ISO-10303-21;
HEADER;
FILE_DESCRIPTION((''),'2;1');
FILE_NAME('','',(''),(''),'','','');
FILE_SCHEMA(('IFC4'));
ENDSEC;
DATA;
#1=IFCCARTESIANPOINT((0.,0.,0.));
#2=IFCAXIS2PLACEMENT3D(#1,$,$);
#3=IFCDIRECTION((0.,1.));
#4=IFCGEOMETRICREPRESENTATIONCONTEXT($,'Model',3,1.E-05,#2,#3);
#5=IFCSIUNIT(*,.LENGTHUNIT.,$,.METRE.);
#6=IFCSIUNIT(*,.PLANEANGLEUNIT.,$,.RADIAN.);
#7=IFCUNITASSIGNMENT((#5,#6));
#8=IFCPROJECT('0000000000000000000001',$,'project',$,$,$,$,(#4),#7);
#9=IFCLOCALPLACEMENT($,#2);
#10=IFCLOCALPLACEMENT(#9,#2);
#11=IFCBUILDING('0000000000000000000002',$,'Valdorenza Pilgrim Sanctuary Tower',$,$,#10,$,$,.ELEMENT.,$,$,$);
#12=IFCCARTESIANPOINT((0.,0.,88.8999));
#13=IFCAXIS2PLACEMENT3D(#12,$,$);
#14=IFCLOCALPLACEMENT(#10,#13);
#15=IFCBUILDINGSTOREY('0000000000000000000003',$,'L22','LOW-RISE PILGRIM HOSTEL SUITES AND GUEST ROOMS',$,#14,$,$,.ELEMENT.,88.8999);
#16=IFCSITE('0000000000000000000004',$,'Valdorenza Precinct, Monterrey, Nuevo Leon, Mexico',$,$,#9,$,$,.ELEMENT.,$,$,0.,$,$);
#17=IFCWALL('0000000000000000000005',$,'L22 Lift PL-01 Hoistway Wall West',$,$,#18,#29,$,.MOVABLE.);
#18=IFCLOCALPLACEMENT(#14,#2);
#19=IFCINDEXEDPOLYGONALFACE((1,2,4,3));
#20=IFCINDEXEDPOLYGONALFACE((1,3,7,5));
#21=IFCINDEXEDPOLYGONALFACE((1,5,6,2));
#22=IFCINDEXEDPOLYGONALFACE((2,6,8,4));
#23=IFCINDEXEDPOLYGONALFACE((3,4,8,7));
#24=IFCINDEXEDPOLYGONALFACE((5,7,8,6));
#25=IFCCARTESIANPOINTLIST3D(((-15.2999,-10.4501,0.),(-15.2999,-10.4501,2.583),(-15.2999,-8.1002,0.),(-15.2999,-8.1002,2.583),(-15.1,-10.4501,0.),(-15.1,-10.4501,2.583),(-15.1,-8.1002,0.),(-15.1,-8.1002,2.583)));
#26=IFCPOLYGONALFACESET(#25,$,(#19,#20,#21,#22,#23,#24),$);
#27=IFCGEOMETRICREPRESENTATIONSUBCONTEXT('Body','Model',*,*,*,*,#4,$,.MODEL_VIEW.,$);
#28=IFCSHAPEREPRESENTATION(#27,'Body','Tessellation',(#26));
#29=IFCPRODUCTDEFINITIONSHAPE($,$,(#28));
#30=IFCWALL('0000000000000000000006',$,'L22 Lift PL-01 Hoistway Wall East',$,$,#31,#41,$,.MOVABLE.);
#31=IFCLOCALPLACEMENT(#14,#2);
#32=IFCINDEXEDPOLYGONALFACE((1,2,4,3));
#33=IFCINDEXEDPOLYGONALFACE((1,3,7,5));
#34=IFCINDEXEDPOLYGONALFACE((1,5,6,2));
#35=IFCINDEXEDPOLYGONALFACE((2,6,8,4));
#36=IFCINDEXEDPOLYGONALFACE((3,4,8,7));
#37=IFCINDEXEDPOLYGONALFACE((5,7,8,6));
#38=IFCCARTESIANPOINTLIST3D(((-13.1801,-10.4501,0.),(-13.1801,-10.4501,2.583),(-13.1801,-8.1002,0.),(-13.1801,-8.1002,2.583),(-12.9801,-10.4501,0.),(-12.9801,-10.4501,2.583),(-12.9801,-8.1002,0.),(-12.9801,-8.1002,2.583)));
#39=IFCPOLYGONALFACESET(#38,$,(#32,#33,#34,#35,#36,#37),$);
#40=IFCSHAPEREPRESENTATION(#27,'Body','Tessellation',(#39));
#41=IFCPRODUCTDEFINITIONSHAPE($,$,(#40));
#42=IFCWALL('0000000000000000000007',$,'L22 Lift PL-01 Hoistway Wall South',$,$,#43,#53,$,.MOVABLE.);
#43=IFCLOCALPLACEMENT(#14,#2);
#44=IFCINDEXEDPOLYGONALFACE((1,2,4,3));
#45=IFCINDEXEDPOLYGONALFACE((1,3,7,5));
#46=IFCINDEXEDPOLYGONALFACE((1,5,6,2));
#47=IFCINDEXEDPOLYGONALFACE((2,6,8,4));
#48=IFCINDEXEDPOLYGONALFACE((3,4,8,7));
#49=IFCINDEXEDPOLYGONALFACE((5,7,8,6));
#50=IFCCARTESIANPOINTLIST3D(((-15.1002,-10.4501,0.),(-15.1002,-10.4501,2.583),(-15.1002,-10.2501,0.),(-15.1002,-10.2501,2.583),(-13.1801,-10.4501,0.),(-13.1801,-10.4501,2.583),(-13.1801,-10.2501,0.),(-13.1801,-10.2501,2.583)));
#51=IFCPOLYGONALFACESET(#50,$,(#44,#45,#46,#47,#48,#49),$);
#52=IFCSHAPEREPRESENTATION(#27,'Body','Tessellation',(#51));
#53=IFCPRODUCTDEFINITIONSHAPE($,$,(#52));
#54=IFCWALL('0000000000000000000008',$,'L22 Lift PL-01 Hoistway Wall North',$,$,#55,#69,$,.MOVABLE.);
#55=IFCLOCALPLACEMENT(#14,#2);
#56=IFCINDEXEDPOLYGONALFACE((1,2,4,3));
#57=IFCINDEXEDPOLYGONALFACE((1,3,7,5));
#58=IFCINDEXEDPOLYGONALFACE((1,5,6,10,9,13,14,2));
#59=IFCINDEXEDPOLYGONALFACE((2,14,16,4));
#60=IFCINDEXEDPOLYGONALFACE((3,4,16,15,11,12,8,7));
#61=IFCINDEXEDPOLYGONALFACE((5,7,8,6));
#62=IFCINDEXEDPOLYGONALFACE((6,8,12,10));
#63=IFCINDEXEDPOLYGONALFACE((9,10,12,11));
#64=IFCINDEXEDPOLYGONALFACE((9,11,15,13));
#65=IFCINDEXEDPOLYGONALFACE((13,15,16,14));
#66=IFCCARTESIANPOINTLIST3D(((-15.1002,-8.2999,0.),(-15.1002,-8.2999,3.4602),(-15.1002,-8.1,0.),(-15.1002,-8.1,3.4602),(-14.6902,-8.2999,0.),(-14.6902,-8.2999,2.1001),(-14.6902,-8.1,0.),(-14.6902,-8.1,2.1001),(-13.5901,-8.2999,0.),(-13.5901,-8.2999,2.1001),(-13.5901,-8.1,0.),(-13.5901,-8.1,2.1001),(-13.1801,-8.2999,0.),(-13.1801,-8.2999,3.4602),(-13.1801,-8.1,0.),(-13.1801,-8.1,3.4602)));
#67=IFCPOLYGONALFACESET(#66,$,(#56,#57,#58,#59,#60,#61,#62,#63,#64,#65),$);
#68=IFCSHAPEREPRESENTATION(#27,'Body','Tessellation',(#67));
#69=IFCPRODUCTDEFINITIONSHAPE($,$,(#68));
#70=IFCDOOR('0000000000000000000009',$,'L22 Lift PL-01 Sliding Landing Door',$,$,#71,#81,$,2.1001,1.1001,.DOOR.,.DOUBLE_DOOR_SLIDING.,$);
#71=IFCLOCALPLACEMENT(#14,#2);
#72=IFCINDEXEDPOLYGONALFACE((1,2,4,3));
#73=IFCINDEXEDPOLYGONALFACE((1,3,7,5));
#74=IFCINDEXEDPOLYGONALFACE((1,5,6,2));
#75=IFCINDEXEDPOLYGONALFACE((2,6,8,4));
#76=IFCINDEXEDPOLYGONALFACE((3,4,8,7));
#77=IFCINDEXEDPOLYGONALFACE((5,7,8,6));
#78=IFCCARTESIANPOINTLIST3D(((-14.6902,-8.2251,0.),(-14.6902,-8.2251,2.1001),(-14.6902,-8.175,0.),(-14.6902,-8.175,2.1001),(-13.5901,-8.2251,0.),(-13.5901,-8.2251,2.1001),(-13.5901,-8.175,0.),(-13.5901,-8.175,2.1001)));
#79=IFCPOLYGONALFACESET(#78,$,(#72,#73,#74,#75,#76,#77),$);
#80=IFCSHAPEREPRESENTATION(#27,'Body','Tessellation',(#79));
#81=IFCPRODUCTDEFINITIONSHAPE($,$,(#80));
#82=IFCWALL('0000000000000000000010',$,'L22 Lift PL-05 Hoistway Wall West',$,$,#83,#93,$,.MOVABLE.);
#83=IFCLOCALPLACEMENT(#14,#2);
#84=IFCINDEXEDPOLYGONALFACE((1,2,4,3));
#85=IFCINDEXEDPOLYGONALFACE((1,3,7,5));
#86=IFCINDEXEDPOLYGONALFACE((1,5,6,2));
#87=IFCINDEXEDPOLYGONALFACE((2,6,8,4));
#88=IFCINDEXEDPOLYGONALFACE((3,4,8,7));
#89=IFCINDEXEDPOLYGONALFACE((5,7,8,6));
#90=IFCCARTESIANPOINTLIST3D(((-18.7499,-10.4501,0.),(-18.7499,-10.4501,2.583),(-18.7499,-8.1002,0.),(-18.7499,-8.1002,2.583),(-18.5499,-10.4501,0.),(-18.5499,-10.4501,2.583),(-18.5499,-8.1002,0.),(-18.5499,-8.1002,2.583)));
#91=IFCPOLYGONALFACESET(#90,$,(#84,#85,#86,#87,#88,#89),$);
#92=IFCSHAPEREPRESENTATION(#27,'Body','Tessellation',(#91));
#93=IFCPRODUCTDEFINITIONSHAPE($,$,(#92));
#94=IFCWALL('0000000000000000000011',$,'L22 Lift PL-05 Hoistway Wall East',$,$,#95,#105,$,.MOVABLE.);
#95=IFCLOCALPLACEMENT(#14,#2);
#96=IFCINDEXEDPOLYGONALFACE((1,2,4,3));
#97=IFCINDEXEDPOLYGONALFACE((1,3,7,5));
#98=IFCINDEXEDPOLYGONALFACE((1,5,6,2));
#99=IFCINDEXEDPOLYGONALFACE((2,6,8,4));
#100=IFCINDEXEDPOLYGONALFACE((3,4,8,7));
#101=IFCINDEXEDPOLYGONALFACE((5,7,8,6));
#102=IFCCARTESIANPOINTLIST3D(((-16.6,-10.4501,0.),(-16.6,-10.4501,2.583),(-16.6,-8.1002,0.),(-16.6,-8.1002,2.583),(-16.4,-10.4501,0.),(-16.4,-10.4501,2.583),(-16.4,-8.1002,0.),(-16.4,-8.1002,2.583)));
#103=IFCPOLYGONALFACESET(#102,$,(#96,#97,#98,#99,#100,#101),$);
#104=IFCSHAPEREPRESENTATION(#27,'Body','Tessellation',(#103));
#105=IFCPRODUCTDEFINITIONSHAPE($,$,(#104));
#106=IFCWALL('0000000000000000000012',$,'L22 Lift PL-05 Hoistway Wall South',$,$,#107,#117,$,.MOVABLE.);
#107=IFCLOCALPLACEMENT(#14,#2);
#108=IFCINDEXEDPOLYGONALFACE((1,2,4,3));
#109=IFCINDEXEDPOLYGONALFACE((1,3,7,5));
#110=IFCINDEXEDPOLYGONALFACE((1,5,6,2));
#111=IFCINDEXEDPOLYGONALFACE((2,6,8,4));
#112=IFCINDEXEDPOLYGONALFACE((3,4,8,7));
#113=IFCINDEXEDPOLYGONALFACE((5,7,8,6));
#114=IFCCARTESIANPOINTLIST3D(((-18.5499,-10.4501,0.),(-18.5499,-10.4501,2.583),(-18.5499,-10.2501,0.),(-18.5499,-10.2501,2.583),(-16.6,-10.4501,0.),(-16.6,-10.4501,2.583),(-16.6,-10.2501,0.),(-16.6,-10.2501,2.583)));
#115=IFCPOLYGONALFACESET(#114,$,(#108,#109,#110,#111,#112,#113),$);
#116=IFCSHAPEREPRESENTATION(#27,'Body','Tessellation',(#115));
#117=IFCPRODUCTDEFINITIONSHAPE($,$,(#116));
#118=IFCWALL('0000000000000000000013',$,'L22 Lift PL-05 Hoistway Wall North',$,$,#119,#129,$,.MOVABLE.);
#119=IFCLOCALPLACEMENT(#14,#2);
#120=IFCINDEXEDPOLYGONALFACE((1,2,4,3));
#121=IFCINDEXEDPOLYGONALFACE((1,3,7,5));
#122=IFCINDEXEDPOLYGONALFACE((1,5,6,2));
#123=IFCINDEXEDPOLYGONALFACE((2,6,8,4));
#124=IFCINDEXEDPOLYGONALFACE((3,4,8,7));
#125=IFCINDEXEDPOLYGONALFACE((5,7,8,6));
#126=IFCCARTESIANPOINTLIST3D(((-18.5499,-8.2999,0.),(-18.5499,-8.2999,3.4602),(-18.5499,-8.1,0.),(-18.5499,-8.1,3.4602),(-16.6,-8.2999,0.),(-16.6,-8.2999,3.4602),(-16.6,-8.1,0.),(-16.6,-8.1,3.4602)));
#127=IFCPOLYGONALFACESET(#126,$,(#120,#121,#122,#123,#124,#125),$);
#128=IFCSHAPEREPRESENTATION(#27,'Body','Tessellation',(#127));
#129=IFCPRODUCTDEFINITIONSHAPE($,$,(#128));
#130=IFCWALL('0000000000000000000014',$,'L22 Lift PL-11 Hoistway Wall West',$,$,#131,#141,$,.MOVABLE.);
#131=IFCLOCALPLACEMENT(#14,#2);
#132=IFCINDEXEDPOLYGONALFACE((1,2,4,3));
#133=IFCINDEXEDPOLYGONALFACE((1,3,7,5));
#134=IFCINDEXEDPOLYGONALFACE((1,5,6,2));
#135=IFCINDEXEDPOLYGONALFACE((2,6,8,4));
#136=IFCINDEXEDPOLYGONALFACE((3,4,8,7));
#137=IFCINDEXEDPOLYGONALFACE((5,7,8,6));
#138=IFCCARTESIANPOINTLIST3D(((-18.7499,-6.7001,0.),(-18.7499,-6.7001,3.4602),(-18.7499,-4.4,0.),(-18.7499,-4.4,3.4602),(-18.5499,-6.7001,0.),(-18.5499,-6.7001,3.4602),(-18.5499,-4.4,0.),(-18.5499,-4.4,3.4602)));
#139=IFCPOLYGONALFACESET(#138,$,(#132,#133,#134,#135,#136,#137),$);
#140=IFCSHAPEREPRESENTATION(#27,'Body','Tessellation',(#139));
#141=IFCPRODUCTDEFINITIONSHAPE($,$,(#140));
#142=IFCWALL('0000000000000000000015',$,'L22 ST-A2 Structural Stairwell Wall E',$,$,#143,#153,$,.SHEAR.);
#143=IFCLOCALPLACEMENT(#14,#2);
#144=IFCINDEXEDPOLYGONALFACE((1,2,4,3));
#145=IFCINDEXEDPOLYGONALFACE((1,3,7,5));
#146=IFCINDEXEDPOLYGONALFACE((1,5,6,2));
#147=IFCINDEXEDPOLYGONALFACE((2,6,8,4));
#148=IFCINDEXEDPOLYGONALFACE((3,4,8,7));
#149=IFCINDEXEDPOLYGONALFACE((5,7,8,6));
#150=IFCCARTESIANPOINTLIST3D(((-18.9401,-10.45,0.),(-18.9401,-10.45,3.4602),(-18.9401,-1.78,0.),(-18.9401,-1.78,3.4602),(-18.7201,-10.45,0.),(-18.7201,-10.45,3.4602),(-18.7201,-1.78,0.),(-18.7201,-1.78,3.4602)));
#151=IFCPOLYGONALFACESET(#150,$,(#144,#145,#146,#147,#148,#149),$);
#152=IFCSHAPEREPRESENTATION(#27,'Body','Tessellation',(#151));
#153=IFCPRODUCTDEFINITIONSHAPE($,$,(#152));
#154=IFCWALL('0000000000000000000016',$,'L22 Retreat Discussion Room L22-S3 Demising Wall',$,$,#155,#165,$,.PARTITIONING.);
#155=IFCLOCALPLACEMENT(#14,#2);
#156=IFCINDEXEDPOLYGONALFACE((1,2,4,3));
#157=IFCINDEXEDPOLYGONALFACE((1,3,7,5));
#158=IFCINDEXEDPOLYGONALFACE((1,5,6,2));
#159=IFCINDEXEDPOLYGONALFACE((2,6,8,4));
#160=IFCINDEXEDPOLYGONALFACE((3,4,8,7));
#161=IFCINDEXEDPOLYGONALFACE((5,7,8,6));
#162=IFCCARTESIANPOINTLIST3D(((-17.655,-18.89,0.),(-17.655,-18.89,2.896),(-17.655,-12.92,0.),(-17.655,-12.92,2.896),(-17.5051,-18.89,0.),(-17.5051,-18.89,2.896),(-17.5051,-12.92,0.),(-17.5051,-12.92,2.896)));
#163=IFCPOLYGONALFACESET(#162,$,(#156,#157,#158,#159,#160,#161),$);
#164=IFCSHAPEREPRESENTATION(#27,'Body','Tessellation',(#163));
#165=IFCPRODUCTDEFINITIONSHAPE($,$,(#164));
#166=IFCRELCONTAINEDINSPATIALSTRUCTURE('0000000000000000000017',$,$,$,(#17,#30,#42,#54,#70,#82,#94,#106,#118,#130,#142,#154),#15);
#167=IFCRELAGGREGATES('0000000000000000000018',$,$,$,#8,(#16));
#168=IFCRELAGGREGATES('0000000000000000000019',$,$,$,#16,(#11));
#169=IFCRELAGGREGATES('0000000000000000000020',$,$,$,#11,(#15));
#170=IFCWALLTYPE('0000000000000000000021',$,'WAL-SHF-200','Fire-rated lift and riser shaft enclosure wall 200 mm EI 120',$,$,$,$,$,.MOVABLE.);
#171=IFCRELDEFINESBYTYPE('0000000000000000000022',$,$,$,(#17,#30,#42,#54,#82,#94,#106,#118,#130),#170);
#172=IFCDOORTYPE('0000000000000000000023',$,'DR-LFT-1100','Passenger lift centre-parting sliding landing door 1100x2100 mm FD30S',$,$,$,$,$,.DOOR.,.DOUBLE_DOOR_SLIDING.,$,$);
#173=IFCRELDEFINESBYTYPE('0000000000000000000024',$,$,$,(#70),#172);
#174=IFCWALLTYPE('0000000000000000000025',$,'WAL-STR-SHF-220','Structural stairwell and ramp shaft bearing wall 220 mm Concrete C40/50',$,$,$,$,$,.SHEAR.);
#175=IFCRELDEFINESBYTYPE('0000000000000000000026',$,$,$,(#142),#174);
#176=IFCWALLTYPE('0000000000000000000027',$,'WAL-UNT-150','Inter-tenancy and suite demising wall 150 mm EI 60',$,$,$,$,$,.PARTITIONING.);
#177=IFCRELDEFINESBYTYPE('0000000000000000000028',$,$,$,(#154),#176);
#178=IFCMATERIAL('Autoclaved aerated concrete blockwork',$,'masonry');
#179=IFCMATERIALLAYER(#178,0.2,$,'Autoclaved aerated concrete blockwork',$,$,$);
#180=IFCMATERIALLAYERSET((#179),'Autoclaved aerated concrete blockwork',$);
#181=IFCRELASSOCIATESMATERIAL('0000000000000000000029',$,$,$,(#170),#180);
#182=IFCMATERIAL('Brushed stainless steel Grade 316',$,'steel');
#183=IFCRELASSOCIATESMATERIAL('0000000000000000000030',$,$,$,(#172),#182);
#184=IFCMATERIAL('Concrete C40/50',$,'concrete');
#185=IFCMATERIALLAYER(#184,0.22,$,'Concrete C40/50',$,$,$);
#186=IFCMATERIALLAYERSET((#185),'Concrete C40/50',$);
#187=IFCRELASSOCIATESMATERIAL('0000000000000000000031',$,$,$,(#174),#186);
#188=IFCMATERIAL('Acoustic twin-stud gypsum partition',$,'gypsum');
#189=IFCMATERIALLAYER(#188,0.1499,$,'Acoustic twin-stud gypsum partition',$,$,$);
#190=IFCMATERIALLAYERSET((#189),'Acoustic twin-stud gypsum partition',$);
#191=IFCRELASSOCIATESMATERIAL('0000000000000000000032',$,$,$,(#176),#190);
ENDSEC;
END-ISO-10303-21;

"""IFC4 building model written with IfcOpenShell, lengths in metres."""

from ifc_helpers import new_model, si_unit, direction, frame, frame_2d, origin, place, context, subcontext, project, spatial, rectangle, extrude, material, layer, layer_set, type_object, element, fill, save


model = new_model("IFC4")

# Units and contexts
model_context = context("Model", 3, precision=1e-05, world=origin(), true_north=direction((0.0, 1.0)))
body_context = subcontext(model_context, "Body", "Model", "MODEL_VIEW")
ifc_project = project(units=[si_unit("LENGTHUNIT", "METRE"), si_unit("PLANEANGLEUNIT", "RADIAN")], contexts=[model_context])

# Site, building, storey
site_placement = place(None, origin())
site = spatial("IfcSite", under=ifc_project, at=site_placement, Name="Valdorenza Precinct, Monterrey, Nuevo Leon, Mexico", CompositionType="ELEMENT", RefElevation=0.0)
building_placement = place(site_placement, origin())
building = spatial("IfcBuilding", under=site, at=building_placement, Name="Valdorenza Pilgrim Sanctuary Tower", CompositionType="ELEMENT")
storey_placement = place(building_placement, frame((0.0, 0.0, 88.8999)))
storey = spatial("IfcBuildingStorey", under=building, at=storey_placement, Name="L22", Description="LOW-RISE PILGRIM HOSTEL SUITES AND GUEST ROOMS", CompositionType="ELEMENT", Elevation=88.8999)

# Shared definitions
ifc_material_1 = material(Name="Acoustic twin-stud gypsum partition", Category="gypsum")

# Walls
ifc_material_2 = material(Name="Autoclaved aerated concrete blockwork", Category="masonry")
ifc_layer_1 = layer(ifc_material_2, 0.2, Name="Autoclaved aerated concrete blockwork")
ifc_layer_set_1 = layer_set([ifc_layer_1], Name="Autoclaved aerated concrete blockwork")
wall_type_1 = type_object("IfcWallType", Name="WAL-SHF-200", Description="Fire-rated lift and riser shaft enclosure wall 200 mm EI 120", PredefinedType="MOVABLE", material=ifc_layer_set_1)
for number, where, z_axis, x_axis, name in (
    (1, (-15.2, -10.45, 0.0), (0.0, 0.0, 1.0), (0.0, 1.0, 0.0), "L22 Lift PL-01 Hoistway Wall West"),
    (2, (-13.0801, -10.45, 0.0), (0.0, 0.0, 1.0), (0.0, 1.0, 0.0), "L22 Lift PL-01 Hoistway Wall East"),
):
    element("IfcWall", number, at=place(storey_placement, frame(where, z_axis=z_axis, x_axis=x_axis)), inside=storey, type_object=wall_type_1, Name=name, PredefinedType="MOVABLE", context=body_context, shape_type="SweptSolid", body=[
        extrude(rectangle(XDim=2.3499, YDim=0.2, at=frame_2d((1.1748, 0.0))), origin(), (0.0, 0.0, 1.0), 2.583),
    ])
wall_1_placement = place(storey_placement, frame((-15.1001, -10.3501, 0.0), z_axis=(0.0, 0.0, 1.0), x_axis=(1.0, 0.0, 0.0)))
element("IfcWall", 3, at=wall_1_placement, inside=storey, type_object=wall_type_1, Name="L22 Lift PL-01 Hoistway Wall South", PredefinedType="MOVABLE", context=body_context, shape_type="SweptSolid", body=[
    extrude(rectangle(XDim=1.9202, YDim=0.2, at=frame_2d((0.96, 0.0))), origin(), (0.0, 0.0, 1.0), 2.583),
])

# Wall, opening, door
wall_2_placement = place(storey_placement, frame((-15.1001, -8.2, 0.0), z_axis=(0.0, 0.0, 1.0), x_axis=(1.0, 0.0, 0.0)))
wall_2 = element("IfcWall", 4, at=wall_2_placement, inside=storey, type_object=wall_type_1, Name="L22 Lift PL-01 Hoistway Wall North", PredefinedType="MOVABLE", context=body_context, shape_type="SweptSolid", body=[
    extrude(rectangle(XDim=1.9202, YDim=0.2, at=frame_2d((0.96, 0.0))), origin(), (0.0, 0.0, 1.0), 3.4602),
])
opening_1_placement = place(wall_2_placement, frame((0.4099, 0.0, 0.0)))
opening_1 = element("IfcOpeningElement", 5, at=opening_1_placement, cuts=wall_2, PredefinedType="OPENING", context=body_context, shape_type="SweptSolid", body=[
    extrude(rectangle(XDim=1.1001, YDim=2.1001, at=frame_2d((0.55, 1.05))), frame((0.0, 0.1147, 0.0), z_axis=(0.0, -1.0, 0.0), x_axis=(1.0, 0.0, 0.0)), (0.0, 0.0, 1.0), 0.2297),
])
ifc_material_3 = material(Name="Brushed stainless steel Grade 316", Category="steel")
door_type = type_object("IfcDoorType", Name="DR-LFT-1100", Description="Passenger lift centre-parting sliding landing door 1100x2100 mm FD30S", OperationType="DOUBLE_DOOR_SLIDING", PredefinedType="DOOR", material=ifc_material_3)
door_placement = place(opening_1_placement, origin())
door = element("IfcDoor", 6, at=door_placement, inside=storey, type_object=door_type, Name="L22 Lift PL-01 Sliding Landing Door", OperationType="DOUBLE_DOOR_SLIDING", OverallHeight=2.1001, OverallWidth=1.1001, PredefinedType="DOOR", context=body_context, shape_type="SweptSolid", body=[
    extrude(rectangle(XDim=1.1001, YDim=2.1001, at=frame_2d((0.55, 1.05))), frame((0.0, 0.0249, 0.0), z_axis=(0.0, -1.0, 0.0), x_axis=(1.0, 0.0, 0.0)), (0.0, 0.0, 1.0), 0.05),
])
fill(opening_1, door)

# Walls
for number, where, z_axis, x_axis, name in (
    (7, (-18.6499, -10.45, 0.0), (0.0, 0.0, 1.0), (0.0, 1.0, 0.0), "L22 Lift PL-05 Hoistway Wall West"),
    (8, (-16.5, -10.45, 0.0), (0.0, 0.0, 1.0), (0.0, 1.0, 0.0), "L22 Lift PL-05 Hoistway Wall East"),
):
    element("IfcWall", number, at=place(storey_placement, frame(where, z_axis=z_axis, x_axis=x_axis)), inside=storey, type_object=wall_type_1, Name=name, PredefinedType="MOVABLE", context=body_context, shape_type="SweptSolid", body=[
        extrude(rectangle(XDim=2.3499, YDim=0.2, at=frame_2d((1.1748, 0.0))), origin(), (0.0, 0.0, 1.0), 2.583),
    ])
wall_3_placement = place(storey_placement, frame((-18.55, -10.3501, 0.0), z_axis=(0.0, 0.0, 1.0), x_axis=(1.0, 0.0, 0.0)))
element("IfcWall", 9, at=wall_3_placement, inside=storey, type_object=wall_type_1, Name="L22 Lift PL-05 Hoistway Wall South", PredefinedType="MOVABLE", context=body_context, shape_type="SweptSolid", body=[
    extrude(rectangle(XDim=1.95, YDim=0.2, at=frame_2d((0.9751, 0.0))), origin(), (0.0, 0.0, 1.0), 2.583),
])
wall_4_placement = place(storey_placement, frame((-18.55, -8.2, 0.0), z_axis=(0.0, 0.0, 1.0), x_axis=(1.0, 0.0, 0.0)))
element("IfcWall", 10, at=wall_4_placement, inside=storey, type_object=wall_type_1, Name="L22 Lift PL-05 Hoistway Wall North", PredefinedType="MOVABLE", context=body_context, shape_type="SweptSolid", body=[
    extrude(rectangle(XDim=1.95, YDim=0.2, at=frame_2d((0.9751, 0.0))), origin(), (0.0, 0.0, 1.0), 3.4602),
])
wall_5_placement = place(storey_placement, frame((-18.6499, -6.7, 0.0), z_axis=(0.0, 0.0, 1.0), x_axis=(0.0, 1.0, 0.0)))
element("IfcWall", 11, at=wall_5_placement, inside=storey, type_object=wall_type_1, Name="L22 Lift PL-11 Hoistway Wall West", PredefinedType="MOVABLE", context=body_context, shape_type="SweptSolid", body=[
    extrude(rectangle(XDim=2.3, YDim=0.2, at=frame_2d((1.1499, 0.0))), origin(), (0.0, 0.0, 1.0), 3.4602),
])
ifc_material_4 = material(Name="Concrete C40/50", Category="concrete")
ifc_layer_2 = layer(ifc_material_4, 0.22, Name="Concrete C40/50")
ifc_layer_set_2 = layer_set([ifc_layer_2], Name="Concrete C40/50")
wall_type_2 = type_object("IfcWallType", Name="WAL-STR-SHF-220", Description="Structural stairwell and ramp shaft bearing wall 220 mm Concrete C40/50", PredefinedType="SHEAR", material=ifc_layer_set_2)
wall_6_placement = place(storey_placement, frame((-18.8301, -10.45, 0.0), z_axis=(0.0, 0.0, 1.0), x_axis=(0.0, 1.0, 0.0)))
element("IfcWall", 12, at=wall_6_placement, inside=storey, type_object=wall_type_2, Name="L22 ST-A2 Structural Stairwell Wall E", PredefinedType="SHEAR", context=body_context, shape_type="SweptSolid", body=[
    extrude(rectangle(XDim=8.6699, YDim=0.22, at=frame_2d((4.335, 0.0))), origin(), (0.0, 0.0, 1.0), 3.4602),
])
ifc_layer_3 = layer(ifc_material_1, 0.1499, Name="Acoustic twin-stud gypsum partition")
ifc_layer_set_3 = layer_set([ifc_layer_3], Name="Acoustic twin-stud gypsum partition")
wall_type_3 = type_object("IfcWallType", Name="WAL-UNT-150", Description="Inter-tenancy and suite demising wall 150 mm EI 60", PredefinedType="PARTITIONING", material=ifc_layer_set_3)
wall_7_placement = place(storey_placement, frame((-17.5801, -18.8899, 0.0), z_axis=(0.0, 0.0, 1.0), x_axis=(0.0, 1.0, 0.0)))
element("IfcWall", 13, at=wall_7_placement, inside=storey, type_object=wall_type_3, Name="L22 Retreat Discussion Room L22-S3 Demising Wall", PredefinedType="PARTITIONING", context=body_context, shape_type="SweptSolid", body=[
    extrude(rectangle(XDim=5.97, YDim=0.1499, at=frame_2d((2.9849, 0.0))), origin(), (0.0, 0.0, 1.0), 2.896),
])

save(model, "model.ifc")
